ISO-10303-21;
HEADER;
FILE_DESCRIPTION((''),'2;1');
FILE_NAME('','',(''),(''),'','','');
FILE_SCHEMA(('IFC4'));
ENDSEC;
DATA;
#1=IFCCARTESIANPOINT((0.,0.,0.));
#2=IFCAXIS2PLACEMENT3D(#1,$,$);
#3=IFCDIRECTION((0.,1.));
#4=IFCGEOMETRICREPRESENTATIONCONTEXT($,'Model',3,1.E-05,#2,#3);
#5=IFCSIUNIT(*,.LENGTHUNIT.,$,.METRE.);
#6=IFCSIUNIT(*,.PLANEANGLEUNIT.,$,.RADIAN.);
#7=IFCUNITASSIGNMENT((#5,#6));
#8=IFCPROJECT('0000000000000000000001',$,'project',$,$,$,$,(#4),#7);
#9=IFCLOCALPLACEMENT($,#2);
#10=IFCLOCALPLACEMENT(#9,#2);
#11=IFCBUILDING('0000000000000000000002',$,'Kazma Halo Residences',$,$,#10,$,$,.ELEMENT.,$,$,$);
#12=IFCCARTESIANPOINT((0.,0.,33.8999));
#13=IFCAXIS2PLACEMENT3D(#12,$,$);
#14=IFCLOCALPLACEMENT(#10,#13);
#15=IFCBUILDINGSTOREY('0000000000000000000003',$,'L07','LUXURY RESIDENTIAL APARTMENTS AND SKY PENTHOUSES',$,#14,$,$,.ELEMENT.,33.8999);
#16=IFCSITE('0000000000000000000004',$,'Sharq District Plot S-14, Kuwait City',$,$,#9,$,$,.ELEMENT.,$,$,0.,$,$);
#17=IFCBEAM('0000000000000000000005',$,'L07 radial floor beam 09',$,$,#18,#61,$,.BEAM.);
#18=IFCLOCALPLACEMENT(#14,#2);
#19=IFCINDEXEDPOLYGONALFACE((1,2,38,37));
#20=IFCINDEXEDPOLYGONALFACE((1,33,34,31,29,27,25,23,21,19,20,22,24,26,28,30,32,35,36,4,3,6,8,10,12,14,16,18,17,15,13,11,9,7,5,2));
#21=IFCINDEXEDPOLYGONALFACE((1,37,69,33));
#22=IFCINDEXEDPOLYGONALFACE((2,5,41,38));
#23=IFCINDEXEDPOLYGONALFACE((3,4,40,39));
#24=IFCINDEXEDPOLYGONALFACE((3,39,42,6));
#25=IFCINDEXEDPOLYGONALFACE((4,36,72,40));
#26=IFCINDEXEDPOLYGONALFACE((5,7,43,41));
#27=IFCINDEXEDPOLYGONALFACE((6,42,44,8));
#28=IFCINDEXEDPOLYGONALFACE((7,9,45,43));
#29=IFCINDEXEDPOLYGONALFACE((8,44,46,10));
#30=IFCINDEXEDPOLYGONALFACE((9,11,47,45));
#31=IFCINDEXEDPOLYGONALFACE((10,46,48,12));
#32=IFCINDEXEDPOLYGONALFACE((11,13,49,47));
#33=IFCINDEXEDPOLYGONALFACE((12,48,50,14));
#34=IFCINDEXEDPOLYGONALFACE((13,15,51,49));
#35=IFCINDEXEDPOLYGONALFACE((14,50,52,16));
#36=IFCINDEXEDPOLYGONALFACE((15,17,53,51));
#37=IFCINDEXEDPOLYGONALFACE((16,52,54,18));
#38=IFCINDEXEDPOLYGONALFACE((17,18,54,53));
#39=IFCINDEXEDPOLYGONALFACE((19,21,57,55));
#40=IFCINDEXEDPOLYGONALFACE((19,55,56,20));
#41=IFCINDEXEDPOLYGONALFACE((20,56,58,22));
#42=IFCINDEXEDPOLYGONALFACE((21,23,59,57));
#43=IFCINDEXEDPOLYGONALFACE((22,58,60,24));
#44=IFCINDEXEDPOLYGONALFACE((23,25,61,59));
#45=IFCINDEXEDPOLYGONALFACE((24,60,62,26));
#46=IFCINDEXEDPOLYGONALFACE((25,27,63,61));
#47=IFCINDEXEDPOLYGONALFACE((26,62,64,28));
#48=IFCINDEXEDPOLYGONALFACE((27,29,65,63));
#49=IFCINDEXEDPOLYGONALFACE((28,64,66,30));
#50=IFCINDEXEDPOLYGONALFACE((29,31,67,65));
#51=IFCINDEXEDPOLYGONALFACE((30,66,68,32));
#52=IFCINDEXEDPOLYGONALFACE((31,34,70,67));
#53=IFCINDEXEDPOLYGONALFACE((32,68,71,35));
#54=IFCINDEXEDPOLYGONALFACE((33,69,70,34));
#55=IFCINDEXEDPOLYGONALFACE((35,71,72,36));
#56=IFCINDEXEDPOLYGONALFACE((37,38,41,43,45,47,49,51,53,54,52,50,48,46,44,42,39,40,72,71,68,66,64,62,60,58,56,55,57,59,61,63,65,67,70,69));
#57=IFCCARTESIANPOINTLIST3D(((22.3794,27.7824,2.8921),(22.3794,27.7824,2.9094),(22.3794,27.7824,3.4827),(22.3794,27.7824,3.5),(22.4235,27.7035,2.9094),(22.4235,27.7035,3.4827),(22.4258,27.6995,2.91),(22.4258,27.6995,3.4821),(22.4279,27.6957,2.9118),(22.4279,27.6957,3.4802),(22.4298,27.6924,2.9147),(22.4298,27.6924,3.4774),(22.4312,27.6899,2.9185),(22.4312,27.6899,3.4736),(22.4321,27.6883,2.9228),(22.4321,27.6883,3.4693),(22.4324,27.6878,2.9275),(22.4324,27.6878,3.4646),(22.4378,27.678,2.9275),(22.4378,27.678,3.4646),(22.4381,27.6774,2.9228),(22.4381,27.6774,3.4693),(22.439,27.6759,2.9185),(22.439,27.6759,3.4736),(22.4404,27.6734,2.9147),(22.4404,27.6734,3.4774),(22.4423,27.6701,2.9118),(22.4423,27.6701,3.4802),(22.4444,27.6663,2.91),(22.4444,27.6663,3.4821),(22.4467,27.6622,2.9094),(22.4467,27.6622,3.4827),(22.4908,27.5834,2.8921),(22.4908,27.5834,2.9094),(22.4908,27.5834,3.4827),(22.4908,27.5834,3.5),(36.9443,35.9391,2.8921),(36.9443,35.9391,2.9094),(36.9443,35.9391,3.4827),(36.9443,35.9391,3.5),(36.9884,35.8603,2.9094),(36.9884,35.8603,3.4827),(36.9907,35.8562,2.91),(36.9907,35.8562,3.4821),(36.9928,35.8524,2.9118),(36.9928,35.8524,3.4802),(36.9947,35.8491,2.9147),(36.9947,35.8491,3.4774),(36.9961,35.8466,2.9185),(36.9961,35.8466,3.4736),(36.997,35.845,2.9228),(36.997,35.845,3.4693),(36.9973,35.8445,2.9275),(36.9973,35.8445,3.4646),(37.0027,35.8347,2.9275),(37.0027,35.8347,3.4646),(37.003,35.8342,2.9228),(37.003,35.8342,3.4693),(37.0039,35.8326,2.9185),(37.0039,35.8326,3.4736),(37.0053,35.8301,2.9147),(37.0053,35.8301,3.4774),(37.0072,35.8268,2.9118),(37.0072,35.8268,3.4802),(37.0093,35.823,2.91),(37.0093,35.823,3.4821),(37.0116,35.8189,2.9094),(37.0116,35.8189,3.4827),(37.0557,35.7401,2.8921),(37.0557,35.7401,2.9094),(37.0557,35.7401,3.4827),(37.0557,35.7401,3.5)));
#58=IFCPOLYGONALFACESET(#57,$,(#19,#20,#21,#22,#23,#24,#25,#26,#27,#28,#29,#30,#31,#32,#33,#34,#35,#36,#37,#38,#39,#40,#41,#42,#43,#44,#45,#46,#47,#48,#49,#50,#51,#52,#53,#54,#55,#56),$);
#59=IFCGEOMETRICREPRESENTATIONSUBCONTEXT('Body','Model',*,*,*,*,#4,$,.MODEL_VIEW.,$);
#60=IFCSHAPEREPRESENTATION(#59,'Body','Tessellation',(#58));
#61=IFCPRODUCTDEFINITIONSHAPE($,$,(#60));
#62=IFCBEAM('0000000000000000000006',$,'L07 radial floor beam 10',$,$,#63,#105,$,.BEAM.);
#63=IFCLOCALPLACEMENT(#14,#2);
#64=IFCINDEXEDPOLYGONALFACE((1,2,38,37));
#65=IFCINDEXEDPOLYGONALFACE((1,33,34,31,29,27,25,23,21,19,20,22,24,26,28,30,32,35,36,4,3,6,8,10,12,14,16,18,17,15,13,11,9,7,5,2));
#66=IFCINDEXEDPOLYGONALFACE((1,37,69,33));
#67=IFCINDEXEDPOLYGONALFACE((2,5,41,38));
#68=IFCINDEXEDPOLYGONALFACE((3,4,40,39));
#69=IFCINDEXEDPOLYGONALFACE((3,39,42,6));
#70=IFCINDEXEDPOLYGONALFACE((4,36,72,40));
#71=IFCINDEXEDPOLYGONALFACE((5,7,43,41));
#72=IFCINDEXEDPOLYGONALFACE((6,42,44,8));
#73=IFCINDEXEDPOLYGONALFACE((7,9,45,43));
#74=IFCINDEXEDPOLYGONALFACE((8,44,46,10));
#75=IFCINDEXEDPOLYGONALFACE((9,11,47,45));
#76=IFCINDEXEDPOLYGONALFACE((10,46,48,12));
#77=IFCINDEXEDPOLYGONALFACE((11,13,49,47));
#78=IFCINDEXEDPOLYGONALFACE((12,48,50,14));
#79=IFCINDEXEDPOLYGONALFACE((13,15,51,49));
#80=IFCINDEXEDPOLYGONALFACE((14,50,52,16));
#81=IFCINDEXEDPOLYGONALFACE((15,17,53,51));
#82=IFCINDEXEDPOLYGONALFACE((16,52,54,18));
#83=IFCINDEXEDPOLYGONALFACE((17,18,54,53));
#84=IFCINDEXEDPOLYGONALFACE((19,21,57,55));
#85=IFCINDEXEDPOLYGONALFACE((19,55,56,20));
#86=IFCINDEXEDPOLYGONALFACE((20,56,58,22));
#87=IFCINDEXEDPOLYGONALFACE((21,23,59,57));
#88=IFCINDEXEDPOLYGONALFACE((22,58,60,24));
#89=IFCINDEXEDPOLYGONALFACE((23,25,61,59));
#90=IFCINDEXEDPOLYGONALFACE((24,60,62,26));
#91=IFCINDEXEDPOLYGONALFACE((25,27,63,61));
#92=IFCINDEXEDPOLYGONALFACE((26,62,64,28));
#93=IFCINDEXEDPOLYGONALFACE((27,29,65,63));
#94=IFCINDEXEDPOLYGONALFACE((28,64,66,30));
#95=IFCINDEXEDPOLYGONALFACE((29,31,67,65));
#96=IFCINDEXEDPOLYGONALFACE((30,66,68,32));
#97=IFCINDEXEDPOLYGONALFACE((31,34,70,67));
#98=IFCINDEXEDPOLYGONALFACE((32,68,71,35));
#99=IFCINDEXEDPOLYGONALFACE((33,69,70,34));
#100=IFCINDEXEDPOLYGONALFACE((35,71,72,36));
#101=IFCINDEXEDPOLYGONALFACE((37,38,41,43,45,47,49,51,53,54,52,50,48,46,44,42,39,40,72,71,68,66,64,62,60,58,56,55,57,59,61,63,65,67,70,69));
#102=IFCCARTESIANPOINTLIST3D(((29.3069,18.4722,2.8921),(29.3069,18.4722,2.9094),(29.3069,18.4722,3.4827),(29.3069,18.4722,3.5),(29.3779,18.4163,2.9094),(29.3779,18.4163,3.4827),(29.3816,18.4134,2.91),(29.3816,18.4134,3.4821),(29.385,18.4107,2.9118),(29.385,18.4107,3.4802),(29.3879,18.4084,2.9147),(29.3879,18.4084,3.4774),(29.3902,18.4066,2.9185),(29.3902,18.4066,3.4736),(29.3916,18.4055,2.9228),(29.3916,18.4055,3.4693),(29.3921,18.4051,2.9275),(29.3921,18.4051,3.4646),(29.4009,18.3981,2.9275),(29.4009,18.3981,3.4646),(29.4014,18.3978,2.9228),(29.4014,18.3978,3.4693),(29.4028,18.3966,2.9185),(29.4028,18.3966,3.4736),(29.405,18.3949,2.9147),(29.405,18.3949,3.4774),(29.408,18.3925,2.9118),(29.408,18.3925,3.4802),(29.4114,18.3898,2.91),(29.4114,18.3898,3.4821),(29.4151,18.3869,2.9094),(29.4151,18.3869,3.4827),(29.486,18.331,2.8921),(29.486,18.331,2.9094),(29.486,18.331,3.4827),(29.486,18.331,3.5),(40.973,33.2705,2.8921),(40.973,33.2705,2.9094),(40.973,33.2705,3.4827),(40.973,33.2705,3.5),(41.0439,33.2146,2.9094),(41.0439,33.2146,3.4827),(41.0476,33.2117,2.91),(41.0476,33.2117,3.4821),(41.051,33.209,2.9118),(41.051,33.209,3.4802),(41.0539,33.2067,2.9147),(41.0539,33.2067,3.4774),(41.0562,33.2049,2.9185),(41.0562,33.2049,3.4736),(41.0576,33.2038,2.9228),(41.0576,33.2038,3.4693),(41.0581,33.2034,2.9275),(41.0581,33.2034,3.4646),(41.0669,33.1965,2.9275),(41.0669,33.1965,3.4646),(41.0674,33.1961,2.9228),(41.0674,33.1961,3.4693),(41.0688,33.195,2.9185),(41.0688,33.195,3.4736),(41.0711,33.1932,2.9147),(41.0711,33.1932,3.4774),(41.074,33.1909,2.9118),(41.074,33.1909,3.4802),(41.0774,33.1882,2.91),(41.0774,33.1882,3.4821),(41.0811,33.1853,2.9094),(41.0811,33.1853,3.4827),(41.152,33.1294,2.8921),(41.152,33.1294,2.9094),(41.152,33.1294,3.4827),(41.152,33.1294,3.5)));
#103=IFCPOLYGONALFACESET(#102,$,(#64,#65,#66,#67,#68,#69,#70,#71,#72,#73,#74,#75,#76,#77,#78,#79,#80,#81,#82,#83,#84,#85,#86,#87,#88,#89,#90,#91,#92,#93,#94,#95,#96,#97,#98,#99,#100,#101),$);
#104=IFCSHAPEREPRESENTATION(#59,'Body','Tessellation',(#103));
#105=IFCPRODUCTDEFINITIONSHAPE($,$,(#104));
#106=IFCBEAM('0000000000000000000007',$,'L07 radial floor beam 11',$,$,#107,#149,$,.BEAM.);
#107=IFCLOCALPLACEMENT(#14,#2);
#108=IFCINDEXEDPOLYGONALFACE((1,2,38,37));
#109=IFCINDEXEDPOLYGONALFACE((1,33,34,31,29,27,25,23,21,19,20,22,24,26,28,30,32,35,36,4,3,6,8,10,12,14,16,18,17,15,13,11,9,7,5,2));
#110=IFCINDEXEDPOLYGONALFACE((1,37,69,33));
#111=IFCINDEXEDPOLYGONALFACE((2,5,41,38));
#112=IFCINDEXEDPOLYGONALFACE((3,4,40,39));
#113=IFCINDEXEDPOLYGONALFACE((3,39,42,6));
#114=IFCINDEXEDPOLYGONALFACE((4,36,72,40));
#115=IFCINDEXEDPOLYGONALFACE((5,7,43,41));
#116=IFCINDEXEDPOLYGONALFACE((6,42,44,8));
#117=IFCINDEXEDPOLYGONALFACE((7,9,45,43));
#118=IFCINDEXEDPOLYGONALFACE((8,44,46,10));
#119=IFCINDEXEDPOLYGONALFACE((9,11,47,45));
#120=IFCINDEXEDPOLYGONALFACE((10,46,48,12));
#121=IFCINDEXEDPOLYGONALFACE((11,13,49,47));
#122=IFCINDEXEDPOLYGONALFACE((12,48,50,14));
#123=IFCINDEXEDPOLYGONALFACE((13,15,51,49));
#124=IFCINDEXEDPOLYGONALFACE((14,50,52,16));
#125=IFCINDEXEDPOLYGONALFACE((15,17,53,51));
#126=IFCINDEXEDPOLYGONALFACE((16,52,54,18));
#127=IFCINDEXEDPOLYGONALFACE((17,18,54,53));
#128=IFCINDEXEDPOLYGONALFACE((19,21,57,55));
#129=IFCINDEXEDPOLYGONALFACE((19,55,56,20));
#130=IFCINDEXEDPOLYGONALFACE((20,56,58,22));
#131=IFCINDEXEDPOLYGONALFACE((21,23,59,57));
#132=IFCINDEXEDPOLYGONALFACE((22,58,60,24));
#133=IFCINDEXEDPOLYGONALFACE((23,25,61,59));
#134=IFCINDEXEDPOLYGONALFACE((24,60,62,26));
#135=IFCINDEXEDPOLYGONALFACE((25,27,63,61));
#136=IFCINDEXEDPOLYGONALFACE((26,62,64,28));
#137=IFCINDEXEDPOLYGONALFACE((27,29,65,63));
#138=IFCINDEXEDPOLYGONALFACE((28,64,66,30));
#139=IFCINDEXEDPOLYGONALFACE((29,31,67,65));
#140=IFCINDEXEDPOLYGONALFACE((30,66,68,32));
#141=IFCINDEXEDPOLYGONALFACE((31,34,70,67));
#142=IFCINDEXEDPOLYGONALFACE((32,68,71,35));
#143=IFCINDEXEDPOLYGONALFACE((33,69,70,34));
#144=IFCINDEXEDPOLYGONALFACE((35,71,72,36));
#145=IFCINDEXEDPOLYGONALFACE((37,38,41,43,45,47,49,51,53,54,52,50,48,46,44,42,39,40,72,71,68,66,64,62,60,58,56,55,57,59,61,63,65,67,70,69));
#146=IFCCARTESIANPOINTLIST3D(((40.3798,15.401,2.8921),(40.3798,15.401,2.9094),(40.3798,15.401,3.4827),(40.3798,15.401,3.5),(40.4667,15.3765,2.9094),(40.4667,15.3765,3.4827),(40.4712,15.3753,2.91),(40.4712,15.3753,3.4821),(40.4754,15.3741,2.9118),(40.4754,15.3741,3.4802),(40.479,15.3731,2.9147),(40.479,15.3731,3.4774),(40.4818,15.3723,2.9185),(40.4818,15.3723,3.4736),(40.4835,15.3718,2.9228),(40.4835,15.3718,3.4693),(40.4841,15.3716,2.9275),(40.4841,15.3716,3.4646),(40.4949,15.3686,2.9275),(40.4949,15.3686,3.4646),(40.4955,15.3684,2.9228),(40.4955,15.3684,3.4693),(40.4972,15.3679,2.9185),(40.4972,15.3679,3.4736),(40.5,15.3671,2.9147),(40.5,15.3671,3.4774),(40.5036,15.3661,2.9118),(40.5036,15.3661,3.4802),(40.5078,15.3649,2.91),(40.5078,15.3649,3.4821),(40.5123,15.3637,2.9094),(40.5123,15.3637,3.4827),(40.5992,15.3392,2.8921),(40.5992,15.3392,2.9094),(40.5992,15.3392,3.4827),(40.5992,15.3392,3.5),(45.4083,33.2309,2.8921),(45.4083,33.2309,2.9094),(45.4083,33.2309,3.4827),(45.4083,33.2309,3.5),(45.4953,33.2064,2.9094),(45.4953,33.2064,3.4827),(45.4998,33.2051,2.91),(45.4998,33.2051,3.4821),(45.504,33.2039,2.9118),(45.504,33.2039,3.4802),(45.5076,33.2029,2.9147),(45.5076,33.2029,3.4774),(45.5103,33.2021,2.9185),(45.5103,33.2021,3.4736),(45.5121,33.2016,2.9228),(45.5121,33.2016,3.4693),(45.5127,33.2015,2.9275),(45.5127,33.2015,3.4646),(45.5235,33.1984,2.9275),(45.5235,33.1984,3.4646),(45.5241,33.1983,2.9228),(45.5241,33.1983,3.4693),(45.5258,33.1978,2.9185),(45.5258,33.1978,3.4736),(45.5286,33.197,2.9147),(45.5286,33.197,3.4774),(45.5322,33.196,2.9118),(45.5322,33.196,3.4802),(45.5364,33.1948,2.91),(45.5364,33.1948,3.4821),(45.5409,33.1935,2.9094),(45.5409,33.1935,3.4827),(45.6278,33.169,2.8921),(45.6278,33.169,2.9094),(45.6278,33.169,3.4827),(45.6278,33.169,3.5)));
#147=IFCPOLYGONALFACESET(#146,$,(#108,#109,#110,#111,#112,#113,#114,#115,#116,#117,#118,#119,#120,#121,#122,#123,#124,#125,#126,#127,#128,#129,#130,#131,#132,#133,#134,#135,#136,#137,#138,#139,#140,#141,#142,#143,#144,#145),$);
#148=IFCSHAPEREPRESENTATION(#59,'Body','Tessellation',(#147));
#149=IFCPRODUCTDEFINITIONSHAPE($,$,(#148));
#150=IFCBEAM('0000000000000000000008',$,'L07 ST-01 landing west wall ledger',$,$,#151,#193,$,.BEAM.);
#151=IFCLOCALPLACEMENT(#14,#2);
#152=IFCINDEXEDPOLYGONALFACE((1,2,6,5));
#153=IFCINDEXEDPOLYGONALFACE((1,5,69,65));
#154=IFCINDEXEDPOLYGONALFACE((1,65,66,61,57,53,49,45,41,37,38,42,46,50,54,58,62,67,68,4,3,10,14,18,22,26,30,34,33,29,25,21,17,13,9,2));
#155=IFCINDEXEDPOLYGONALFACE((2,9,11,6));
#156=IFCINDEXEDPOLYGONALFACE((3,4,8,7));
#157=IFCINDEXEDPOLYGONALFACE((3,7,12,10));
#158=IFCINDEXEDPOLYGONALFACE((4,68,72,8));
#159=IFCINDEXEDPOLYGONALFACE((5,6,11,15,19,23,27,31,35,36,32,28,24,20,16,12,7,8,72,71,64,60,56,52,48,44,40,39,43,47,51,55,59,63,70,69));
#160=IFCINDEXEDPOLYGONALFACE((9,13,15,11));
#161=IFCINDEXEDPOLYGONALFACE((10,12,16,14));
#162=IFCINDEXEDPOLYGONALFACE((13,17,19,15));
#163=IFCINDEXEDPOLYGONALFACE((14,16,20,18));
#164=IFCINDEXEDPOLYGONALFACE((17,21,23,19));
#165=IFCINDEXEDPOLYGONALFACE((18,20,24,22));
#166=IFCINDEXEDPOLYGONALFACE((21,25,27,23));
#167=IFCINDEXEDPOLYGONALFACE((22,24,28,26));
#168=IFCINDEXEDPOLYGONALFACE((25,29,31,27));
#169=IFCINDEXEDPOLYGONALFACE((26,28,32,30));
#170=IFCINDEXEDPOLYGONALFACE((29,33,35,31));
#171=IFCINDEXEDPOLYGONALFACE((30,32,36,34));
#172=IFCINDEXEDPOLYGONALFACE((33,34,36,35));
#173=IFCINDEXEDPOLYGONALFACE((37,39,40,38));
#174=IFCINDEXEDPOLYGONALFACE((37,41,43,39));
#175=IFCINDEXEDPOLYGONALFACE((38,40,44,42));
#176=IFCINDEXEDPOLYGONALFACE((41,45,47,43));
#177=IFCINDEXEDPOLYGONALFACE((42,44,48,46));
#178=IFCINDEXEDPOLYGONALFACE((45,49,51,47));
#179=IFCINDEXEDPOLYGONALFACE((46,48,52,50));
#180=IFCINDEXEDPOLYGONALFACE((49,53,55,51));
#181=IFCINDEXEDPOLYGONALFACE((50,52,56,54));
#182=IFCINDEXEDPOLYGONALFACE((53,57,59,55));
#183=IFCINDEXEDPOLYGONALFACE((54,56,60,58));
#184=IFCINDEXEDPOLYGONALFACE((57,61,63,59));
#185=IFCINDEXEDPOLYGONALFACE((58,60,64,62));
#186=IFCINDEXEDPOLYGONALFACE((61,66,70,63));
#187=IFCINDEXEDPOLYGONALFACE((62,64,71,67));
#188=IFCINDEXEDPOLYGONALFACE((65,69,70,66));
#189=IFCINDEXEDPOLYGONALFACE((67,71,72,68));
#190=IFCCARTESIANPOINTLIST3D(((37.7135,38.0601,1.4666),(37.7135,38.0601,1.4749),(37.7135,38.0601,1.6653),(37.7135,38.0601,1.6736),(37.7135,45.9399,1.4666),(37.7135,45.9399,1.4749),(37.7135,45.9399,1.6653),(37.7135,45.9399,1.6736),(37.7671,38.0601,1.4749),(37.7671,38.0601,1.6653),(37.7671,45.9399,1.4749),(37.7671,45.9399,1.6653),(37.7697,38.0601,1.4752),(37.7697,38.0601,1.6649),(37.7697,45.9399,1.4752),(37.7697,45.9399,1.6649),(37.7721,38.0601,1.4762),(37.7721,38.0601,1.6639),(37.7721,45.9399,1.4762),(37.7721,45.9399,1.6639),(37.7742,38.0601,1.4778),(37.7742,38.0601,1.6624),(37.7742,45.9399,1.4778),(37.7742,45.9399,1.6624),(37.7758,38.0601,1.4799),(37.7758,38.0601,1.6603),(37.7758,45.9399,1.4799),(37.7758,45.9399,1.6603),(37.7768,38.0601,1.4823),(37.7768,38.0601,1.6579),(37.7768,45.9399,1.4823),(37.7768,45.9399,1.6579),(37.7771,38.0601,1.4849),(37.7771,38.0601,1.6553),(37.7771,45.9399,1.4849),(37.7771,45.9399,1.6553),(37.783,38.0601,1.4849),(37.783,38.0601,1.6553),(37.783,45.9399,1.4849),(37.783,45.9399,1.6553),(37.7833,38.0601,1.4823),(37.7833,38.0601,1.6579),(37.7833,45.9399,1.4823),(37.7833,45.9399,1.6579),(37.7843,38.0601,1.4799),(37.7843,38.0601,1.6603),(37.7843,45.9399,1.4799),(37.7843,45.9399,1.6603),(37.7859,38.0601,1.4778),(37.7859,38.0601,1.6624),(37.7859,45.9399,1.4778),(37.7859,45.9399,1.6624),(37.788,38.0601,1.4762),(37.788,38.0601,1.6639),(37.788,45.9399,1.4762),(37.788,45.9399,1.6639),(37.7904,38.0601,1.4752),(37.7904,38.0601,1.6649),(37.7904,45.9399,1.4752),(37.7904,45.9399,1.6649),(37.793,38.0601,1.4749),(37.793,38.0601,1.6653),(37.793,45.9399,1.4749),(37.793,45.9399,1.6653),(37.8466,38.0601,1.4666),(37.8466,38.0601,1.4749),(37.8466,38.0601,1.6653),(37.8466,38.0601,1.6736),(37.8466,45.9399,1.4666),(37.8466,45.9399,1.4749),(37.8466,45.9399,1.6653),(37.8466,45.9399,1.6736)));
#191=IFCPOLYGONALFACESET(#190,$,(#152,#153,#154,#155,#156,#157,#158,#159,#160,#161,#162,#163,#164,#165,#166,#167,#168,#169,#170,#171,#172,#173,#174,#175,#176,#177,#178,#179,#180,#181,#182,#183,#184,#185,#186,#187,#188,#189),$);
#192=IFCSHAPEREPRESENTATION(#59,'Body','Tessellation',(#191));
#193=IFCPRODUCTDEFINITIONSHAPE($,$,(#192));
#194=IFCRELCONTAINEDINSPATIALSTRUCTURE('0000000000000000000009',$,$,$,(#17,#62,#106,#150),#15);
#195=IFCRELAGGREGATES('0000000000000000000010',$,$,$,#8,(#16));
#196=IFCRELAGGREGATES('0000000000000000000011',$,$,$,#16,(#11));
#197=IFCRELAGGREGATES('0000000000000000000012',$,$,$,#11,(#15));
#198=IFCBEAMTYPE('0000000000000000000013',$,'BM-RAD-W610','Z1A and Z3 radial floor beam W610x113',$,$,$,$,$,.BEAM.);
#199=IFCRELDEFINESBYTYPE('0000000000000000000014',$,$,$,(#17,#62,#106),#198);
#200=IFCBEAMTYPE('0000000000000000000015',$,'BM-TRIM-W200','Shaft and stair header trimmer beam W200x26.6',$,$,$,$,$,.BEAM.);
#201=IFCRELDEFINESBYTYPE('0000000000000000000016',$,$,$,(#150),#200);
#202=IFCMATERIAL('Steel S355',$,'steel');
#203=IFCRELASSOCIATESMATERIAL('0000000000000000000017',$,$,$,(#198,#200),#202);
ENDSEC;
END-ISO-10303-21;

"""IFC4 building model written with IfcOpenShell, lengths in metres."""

from ifc_helpers import new_model, si_unit, direction, frame, origin, origin_2d, place, context, subcontext, project, spatial, i_section, extrude, material, material_profile, profile_set, type_object, element, save


model = new_model("IFC4")

# Units and contexts
model_context = context("Model", 3, precision=1e-05, world=origin(), true_north=direction((0.0, 1.0)))
body_context = subcontext(model_context, "Body", "Model", "MODEL_VIEW")
ifc_project = project(units=[si_unit("LENGTHUNIT", "METRE"), si_unit("PLANEANGLEUNIT", "RADIAN")], contexts=[model_context])

# Site, building, storey
site_placement = place(None, origin())
site = spatial("IfcSite", under=ifc_project, at=site_placement, Name="Sharq District Plot S-14, Kuwait City", CompositionType="ELEMENT", RefElevation=0.0)
building_placement = place(site_placement, origin())
building = spatial("IfcBuilding", under=site, at=building_placement, Name="Kazma Halo Residences", CompositionType="ELEMENT")
storey_placement = place(building_placement, frame((0.0, 0.0, 33.8999)))
storey = spatial("IfcBuildingStorey", under=building, at=storey_placement, Name="L07", Description="LUXURY RESIDENTIAL APARTMENTS AND SKY PENTHOUSES", CompositionType="ELEMENT", Elevation=33.8999)

# Beams
ifc_material_1 = material(Name="Steel S355", Category="steel")
ifc_material_profile_1 = material_profile(ifc_material_1, i_section(OverallWidth=0.228, OverallDepth=0.6079, WebThickness=0.0112, FlangeThickness=0.0173, FilletRadius=0.0181, at=origin_2d()), Name="W610x113")
ifc_profile_set_1 = profile_set([ifc_material_profile_1], Name="Steel S355")
beam_type_1 = type_object("IfcBeamType", Name="BM-RAD-W610", Description="Z1A and Z3 radial floor beam W610x113", PredefinedType="BEAM", material=ifc_profile_set_1)
beam_1_placement = place(storey_placement, frame((37.0, 35.8396, 3.196), z_axis=(-0.872497, -0.48862, 0.0), x_axis=(0.48862, -0.872497, 0.0)))
element("IfcBeam", 1, at=beam_1_placement, inside=storey, type_object=beam_type_1, Name="L07 radial floor beam 09", PredefinedType="BEAM", context=body_context, shape_type="SweptSolid", body=[
    extrude(i_section(OverallWidth=0.228, OverallDepth=0.6079, WebThickness=0.0112, FlangeThickness=0.0173, FilletRadius=0.0181, at=origin_2d()), origin(), (0.0, 0.0, 1.0), 16.6934),
])
beam_2_placement = place(storey_placement, frame((41.0625, 33.2, 3.196), z_axis=(-0.619092, -0.785318, 0.0), x_axis=(0.785318, -0.619092, 0.0)))
element("IfcBeam", 2, at=beam_2_placement, inside=storey, type_object=beam_type_1, Name="L07 radial floor beam 10", PredefinedType="BEAM", context=body_context, shape_type="SweptSolid", body=[
    extrude(i_section(OverallWidth=0.228, OverallDepth=0.6079, WebThickness=0.0112, FlangeThickness=0.0173, FilletRadius=0.0181, at=origin_2d()), origin(), (0.0, 0.0, 1.0), 18.8438),
])
beam_3_placement = place(storey_placement, frame((45.5181, 33.2, 3.196), z_axis=(-0.271442, -0.962455, 0.0), x_axis=(0.962455, -0.271442, 0.0)))
element("IfcBeam", 3, at=beam_3_placement, inside=storey, type_object=beam_type_1, Name="L07 radial floor beam 11", PredefinedType="BEAM", context=body_context, shape_type="SweptSolid", body=[
    extrude(i_section(OverallWidth=0.228, OverallDepth=0.6079, WebThickness=0.0112, FlangeThickness=0.0173, FilletRadius=0.0181, at=origin_2d()), origin(), (0.0, 0.0, 1.0), 18.5254),
])
ifc_material_profile_2 = material_profile(ifc_material_1, i_section(OverallWidth=0.1331, OverallDepth=0.207, WebThickness=0.0059, FlangeThickness=0.0083, FilletRadius=0.01, at=origin_2d()), Name="W200x26.6")
ifc_profile_set_2 = profile_set([ifc_material_profile_2], Name="Steel S355")
beam_type_2 = type_object("IfcBeamType", Name="BM-TRIM-W200", Description="Shaft and stair header trimmer beam W200x26.6", PredefinedType="BEAM", material=ifc_profile_set_2)
beam_4_placement = place(storey_placement, frame((37.78, 38.0601, 1.5701), z_axis=(0.0, 1.0, 0.0), x_axis=(-1.0, 0.0, 0.0)))
element("IfcBeam", 4, at=beam_4_placement, inside=storey, type_object=beam_type_2, Name="L07 ST-01 landing west wall ledger", PredefinedType="BEAM", context=body_context, shape_type="SweptSolid", body=[
    extrude(i_section(OverallWidth=0.1331, OverallDepth=0.207, WebThickness=0.0059, FlangeThickness=0.0083, FilletRadius=0.01, at=origin_2d()), origin(), (0.0, 0.0, 1.0), 7.8799),
])

save(model, "model.ifc")
